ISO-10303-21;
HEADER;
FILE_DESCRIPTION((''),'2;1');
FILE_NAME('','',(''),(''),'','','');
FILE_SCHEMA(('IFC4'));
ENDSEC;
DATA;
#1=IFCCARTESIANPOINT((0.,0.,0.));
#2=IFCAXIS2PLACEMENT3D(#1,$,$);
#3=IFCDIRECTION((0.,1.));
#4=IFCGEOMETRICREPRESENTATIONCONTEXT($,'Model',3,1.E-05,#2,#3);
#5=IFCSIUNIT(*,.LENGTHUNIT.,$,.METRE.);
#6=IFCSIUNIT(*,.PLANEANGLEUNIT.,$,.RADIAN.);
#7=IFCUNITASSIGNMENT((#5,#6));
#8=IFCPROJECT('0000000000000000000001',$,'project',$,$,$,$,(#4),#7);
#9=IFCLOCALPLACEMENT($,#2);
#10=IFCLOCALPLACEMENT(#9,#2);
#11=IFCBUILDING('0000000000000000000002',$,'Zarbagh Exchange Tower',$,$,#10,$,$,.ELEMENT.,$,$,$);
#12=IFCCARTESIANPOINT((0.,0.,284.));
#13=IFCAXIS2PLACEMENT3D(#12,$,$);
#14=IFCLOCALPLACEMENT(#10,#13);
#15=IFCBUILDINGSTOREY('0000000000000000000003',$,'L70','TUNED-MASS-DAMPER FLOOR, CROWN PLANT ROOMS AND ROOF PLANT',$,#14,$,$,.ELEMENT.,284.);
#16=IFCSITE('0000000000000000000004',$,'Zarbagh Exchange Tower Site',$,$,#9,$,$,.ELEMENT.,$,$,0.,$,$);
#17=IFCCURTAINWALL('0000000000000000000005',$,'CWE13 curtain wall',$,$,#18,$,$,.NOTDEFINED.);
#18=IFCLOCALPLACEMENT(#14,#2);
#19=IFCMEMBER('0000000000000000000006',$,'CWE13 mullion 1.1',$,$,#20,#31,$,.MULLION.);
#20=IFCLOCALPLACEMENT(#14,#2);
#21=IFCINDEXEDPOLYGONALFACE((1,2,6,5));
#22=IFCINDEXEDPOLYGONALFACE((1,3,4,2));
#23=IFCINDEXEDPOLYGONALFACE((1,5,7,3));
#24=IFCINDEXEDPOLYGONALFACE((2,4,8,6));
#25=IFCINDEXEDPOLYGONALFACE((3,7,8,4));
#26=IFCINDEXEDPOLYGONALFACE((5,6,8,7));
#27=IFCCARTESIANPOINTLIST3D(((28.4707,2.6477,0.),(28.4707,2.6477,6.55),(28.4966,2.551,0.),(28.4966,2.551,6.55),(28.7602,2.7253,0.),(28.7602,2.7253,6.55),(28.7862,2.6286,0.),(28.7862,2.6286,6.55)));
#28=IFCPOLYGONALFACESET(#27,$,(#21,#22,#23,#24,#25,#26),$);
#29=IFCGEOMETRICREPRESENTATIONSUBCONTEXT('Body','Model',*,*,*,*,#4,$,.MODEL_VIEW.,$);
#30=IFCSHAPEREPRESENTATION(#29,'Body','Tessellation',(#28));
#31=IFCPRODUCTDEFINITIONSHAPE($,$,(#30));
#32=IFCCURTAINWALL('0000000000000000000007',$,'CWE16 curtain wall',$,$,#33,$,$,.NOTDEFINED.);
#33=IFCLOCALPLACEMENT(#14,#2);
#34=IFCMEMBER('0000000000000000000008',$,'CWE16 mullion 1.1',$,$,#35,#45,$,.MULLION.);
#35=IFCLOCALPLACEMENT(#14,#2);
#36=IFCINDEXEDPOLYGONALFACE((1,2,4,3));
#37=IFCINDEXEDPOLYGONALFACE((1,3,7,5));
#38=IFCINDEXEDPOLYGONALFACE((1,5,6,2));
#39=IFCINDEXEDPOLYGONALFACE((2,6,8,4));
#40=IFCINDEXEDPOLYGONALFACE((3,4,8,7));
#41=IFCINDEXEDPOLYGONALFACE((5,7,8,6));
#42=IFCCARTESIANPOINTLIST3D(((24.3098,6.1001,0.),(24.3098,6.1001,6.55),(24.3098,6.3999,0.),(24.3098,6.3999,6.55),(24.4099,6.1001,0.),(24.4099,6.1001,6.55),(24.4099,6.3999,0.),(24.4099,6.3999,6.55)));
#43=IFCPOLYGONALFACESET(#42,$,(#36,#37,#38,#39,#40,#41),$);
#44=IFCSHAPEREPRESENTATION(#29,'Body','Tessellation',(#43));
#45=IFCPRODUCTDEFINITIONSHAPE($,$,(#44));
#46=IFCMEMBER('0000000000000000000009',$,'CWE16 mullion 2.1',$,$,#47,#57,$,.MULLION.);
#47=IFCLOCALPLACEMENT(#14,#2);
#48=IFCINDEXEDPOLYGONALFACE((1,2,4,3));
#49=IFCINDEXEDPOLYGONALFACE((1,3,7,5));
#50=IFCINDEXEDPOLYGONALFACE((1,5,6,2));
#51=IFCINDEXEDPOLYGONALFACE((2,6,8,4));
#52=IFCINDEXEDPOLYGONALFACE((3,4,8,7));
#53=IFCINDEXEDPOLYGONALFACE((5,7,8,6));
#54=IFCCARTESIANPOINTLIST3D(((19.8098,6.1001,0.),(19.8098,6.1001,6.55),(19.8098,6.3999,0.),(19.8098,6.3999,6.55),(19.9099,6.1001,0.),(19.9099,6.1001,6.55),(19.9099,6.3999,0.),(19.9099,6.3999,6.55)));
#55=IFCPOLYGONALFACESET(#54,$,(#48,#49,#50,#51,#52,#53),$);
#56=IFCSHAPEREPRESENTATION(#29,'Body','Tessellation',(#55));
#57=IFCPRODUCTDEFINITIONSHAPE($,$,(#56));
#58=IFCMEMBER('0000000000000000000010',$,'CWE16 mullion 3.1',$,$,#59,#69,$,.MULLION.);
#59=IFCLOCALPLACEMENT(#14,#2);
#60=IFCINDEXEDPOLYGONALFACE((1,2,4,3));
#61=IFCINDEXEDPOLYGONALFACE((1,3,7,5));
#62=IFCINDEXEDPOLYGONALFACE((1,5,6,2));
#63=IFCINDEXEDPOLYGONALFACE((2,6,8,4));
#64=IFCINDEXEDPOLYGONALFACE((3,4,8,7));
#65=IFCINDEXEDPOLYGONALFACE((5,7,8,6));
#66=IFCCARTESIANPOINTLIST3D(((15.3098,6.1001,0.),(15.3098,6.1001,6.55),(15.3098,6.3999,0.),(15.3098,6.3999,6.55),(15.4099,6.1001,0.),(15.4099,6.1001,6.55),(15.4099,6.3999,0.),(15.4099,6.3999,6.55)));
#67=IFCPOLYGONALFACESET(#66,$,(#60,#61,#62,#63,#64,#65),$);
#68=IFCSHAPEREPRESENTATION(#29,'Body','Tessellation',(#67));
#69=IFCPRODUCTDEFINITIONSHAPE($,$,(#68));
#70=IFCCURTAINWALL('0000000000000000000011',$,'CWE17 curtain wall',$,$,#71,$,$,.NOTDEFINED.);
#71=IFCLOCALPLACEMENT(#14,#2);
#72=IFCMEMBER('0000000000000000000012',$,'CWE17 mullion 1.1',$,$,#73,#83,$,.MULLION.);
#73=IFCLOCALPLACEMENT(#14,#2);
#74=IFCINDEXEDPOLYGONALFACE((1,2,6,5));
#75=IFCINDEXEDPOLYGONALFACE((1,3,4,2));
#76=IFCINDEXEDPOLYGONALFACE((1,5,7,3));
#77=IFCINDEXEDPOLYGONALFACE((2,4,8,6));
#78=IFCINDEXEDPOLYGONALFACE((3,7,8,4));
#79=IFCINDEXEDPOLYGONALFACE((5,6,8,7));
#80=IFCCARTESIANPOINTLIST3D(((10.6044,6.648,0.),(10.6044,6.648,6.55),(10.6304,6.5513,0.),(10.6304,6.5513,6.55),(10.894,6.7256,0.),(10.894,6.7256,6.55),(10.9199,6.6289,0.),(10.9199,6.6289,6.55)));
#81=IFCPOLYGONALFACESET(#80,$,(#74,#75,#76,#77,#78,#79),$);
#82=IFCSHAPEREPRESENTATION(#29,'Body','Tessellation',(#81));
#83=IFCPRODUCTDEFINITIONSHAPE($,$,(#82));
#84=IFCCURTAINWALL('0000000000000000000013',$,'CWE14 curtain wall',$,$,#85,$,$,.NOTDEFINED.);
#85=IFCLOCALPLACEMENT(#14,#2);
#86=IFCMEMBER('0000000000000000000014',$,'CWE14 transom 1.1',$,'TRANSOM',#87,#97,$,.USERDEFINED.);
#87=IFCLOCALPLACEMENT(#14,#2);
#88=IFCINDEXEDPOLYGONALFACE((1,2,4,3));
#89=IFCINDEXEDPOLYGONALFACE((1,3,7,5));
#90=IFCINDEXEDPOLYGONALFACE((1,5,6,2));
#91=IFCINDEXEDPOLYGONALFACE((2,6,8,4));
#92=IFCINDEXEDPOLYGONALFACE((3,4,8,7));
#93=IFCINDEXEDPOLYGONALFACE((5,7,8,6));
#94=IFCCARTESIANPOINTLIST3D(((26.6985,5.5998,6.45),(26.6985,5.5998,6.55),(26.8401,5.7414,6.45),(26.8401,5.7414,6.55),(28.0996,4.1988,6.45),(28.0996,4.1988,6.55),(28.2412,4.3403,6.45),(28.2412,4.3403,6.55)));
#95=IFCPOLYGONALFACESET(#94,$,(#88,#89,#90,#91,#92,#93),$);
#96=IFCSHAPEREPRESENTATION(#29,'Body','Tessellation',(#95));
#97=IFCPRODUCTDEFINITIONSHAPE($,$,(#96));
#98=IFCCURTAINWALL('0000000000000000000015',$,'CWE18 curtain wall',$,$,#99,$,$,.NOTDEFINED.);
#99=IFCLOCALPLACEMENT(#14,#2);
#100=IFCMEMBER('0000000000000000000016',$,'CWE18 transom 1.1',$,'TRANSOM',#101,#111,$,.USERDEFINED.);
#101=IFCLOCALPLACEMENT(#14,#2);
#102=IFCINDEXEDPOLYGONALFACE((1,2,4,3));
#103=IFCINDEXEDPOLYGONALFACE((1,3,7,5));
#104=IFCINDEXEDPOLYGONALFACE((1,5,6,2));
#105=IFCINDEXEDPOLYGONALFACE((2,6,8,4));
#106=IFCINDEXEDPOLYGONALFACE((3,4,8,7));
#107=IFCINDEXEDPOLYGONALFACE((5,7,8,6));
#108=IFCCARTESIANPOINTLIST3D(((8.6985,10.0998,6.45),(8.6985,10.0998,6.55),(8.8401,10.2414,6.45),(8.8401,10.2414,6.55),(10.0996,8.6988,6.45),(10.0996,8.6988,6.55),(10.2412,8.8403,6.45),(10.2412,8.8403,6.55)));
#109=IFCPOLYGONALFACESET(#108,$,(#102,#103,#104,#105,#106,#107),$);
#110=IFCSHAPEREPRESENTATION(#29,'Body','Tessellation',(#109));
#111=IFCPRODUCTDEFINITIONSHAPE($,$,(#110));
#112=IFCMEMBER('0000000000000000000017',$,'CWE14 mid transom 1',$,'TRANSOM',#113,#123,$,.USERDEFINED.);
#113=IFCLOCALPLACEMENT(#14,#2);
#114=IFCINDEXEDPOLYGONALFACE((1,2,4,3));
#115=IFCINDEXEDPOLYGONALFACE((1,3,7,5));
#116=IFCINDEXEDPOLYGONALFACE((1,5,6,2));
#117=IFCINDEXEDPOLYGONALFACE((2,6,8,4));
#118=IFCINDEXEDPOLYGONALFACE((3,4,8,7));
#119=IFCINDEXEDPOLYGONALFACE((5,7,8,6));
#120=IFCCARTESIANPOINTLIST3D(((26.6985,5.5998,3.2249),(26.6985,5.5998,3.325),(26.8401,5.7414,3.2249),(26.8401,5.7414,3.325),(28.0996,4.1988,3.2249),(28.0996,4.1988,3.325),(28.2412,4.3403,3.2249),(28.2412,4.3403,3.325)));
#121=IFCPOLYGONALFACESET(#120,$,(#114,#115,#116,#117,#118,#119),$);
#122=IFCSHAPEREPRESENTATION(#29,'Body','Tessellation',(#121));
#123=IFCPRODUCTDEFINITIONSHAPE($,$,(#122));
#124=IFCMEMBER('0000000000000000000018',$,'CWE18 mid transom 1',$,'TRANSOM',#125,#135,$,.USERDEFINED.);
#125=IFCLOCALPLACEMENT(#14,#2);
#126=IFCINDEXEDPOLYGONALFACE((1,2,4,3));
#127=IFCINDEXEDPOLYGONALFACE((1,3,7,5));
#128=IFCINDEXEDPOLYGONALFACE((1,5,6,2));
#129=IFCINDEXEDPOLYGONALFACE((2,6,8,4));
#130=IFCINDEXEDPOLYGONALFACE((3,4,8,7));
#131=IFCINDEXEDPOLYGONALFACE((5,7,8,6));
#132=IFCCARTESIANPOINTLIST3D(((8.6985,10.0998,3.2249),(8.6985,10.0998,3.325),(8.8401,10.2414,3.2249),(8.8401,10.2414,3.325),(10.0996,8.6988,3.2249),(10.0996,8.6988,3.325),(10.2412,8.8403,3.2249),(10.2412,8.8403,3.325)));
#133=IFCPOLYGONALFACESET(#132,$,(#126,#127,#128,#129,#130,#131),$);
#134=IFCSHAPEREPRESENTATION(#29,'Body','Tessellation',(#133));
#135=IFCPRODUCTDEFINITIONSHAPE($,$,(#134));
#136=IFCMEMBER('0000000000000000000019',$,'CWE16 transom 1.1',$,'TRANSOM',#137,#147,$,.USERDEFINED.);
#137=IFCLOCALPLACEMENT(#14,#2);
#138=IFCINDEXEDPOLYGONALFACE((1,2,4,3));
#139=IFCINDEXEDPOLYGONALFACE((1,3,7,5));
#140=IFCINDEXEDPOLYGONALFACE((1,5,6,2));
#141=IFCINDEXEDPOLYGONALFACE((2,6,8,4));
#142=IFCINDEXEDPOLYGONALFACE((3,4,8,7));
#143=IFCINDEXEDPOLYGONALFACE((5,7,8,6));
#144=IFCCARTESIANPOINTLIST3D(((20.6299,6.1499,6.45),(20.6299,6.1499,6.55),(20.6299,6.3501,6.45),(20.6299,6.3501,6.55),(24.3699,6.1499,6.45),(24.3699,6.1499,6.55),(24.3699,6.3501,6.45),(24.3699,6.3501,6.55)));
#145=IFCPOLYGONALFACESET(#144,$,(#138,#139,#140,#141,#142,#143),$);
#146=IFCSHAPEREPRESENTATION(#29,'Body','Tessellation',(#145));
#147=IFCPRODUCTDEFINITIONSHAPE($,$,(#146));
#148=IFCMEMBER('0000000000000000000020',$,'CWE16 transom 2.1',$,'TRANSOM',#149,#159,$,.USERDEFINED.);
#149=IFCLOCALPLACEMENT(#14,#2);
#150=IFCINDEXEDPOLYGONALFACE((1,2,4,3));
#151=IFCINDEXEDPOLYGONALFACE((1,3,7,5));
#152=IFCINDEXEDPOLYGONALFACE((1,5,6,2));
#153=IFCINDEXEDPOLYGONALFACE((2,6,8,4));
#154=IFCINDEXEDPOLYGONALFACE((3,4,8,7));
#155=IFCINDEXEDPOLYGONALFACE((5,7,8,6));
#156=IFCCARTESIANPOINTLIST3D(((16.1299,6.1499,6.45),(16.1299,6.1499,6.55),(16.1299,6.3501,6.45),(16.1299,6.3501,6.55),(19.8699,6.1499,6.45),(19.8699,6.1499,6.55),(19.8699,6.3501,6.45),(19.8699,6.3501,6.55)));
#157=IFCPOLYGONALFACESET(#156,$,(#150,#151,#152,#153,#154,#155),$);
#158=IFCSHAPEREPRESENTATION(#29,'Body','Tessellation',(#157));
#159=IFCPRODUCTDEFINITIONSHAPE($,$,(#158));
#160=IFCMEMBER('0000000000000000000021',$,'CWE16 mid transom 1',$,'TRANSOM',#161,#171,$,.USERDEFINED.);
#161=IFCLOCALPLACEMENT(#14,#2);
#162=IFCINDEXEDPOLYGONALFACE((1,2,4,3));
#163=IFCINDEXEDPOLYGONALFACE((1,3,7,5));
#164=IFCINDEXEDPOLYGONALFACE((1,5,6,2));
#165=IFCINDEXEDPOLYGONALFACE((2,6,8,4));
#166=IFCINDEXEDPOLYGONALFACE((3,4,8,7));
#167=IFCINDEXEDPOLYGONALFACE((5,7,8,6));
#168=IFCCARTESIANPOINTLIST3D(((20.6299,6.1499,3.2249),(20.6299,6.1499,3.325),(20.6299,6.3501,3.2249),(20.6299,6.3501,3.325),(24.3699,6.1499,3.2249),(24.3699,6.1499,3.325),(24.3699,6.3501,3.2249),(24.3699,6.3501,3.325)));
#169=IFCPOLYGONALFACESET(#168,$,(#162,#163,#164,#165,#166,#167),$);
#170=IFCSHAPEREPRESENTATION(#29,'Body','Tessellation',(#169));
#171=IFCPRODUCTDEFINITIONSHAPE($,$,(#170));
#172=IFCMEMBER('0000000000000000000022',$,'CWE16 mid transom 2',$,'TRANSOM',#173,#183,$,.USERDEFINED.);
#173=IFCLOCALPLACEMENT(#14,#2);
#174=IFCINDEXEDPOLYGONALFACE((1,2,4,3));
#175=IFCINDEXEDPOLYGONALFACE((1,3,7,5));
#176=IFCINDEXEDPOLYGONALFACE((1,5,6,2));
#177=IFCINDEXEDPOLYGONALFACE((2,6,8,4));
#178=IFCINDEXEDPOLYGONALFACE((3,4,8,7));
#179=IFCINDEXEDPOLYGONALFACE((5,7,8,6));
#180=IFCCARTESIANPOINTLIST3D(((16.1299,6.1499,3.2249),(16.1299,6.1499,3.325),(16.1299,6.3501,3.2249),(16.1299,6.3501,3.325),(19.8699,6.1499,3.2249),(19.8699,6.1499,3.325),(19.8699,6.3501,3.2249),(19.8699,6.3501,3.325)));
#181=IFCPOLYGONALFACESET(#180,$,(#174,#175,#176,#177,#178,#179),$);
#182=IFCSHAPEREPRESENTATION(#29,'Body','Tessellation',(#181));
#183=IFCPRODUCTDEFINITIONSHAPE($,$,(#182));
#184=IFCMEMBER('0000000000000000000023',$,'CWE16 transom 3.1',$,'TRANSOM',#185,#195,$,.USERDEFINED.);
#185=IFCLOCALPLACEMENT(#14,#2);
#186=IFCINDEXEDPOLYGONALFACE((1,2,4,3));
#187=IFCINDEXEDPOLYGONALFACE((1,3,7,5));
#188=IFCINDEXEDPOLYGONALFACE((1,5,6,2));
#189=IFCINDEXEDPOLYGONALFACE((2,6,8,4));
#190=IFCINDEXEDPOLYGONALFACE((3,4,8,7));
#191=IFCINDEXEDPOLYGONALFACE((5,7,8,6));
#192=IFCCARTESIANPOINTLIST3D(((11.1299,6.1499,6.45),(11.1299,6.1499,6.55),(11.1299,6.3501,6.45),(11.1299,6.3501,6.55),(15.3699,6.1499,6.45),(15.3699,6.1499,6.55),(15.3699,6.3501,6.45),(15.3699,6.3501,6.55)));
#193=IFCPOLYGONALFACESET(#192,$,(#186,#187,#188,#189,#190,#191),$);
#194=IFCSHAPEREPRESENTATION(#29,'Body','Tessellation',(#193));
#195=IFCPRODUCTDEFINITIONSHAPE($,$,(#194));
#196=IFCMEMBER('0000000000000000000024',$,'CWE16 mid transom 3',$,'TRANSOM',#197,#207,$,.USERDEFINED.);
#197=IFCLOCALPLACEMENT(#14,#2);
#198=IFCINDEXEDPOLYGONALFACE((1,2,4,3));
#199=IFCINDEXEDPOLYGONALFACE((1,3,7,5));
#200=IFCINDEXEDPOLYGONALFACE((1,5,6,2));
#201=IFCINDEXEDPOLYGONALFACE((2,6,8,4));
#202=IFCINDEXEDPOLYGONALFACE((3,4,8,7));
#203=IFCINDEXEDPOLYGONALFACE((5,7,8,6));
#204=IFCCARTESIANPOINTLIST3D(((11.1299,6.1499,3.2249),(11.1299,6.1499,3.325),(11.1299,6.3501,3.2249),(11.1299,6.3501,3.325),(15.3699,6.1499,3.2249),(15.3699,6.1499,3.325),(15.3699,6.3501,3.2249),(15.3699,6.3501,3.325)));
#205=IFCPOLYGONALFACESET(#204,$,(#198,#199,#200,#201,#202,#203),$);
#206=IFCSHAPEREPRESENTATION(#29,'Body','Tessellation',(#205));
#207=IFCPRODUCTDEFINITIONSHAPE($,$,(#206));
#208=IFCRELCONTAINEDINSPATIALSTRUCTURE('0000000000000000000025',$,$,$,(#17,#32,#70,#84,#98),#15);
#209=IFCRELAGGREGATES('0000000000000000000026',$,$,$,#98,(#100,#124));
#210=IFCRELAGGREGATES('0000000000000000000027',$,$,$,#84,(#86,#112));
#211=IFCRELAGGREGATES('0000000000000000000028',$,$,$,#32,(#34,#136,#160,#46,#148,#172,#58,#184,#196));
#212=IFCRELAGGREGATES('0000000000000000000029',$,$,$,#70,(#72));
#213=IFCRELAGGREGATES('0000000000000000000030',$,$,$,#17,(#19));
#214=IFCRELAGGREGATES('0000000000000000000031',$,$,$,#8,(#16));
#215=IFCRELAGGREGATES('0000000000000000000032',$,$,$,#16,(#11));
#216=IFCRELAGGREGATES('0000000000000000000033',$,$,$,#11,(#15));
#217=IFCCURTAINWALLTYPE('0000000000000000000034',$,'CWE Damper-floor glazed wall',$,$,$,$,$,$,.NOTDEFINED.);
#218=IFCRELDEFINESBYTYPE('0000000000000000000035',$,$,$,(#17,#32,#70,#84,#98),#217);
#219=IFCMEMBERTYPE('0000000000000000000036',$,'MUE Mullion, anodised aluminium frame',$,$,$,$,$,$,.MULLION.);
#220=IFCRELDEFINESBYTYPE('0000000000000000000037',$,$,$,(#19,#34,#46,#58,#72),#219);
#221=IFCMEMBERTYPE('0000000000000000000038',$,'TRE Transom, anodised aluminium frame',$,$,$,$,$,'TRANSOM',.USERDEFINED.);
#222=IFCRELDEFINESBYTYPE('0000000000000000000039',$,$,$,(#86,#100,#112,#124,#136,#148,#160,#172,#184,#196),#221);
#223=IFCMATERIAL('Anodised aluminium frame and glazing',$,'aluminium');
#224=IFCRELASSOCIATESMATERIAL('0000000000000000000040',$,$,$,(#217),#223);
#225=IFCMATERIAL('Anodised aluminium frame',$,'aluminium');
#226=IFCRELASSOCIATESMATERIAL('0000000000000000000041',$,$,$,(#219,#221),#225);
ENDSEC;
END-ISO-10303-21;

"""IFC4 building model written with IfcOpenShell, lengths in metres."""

from ifc_helpers import new_model, si_unit, direction, frame, origin, place, context, subcontext, project, spatial, polyline, outline, extrude, source, transform, mapped, material, type_object, element, aggregate, save


model = new_model("IFC4")

# Units and contexts
model_context = context("Model", 3, precision=1e-05, world=origin(), true_north=direction((0.0, 1.0)))
body_context = subcontext(model_context, "Body", "Model", "MODEL_VIEW")
ifc_project = project(units=[si_unit("LENGTHUNIT", "METRE"), si_unit("PLANEANGLEUNIT", "RADIAN")], contexts=[model_context])

# Site, building, storey
site_placement = place(None, origin())
site = spatial("IfcSite", under=ifc_project, at=site_placement, Name="Zarbagh Exchange Tower Site", CompositionType="ELEMENT", RefElevation=0.0)
building_placement = place(site_placement, origin())
building = spatial("IfcBuilding", under=site, at=building_placement, Name="Zarbagh Exchange Tower", CompositionType="ELEMENT")
storey_placement = place(building_placement, frame((0.0, 0.0, 284.0)))
storey = spatial("IfcBuildingStorey", under=building, at=storey_placement, Name="L70", Description="TUNED-MASS-DAMPER FLOOR, CROWN PLANT ROOMS AND ROOF PLANT", CompositionType="ELEMENT", Elevation=284.0)

# Curtain wall, member
ifc_material_1 = material(Name="Anodised aluminium frame and glazing", Category="aluminium")
curtain_wall_type = type_object("IfcCurtainWallType", Name="CWE Damper-floor glazed wall", PredefinedType="NOTDEFINED", material=ifc_material_1)
curtain_wall_1_placement = place(storey_placement, origin())
curtain_wall_1 = element("IfcCurtainWall", 1, at=curtain_wall_1_placement, inside=storey, type_object=curtain_wall_type, Name="CWE13 curtain wall", PredefinedType="NOTDEFINED")
ifc_material_2 = material(Name="Anodised aluminium frame", Category="aluminium")
member_type_1 = type_object("IfcMemberType", Name="MUE Mullion, anodised aluminium frame", PredefinedType="MULLION", material=ifc_material_2)
shared_shape_1 = source(origin(), body_context, "Body", "SweptSolid", [
    extrude(outline(polyline([(0.0, -0.1499), (0.1001, -0.1499), (0.1001, 0.1499), (0.0, 0.1499), (0.0, -0.1499)])), origin(), (0.0, 0.0, 1.0), 6.55),
])
placement = place(storey_placement, origin())
member_1 = element("IfcMember", 2, at=placement, type_object=member_type_1, Name="CWE13 mullion 1.1", PredefinedType="MULLION", context=body_context, shape_type="MappedRepresentation", body=[
    mapped(shared_shape_1, transform((28.6414, 2.5898, 0.0), x_axis=(-0.258825, 0.965924, 0.0), y_axis=(-0.965924, -0.258825, 0.0), z_axis=(0.0, 0.0, 1.0))),
])

# Curtain wall, members
curtain_wall_2_placement = place(storey_placement, origin())
curtain_wall_2 = element("IfcCurtainWall", 3, at=curtain_wall_2_placement, inside=storey, type_object=curtain_wall_type, Name="CWE16 curtain wall", PredefinedType="NOTDEFINED")
member_2 = element("IfcMember", 4, at=placement, type_object=member_type_1, Name="CWE16 mullion 1.1", PredefinedType="MULLION", context=body_context, shape_type="MappedRepresentation", body=[
    mapped(shared_shape_1, transform((24.4099, 6.25, 0.0), x_axis=(-1.0, 0.0, 0.0), y_axis=(0.0, -1.0, 0.0), z_axis=(0.0, 0.0, 1.0))),
])
member_3 = element("IfcMember", 5, at=placement, type_object=member_type_1, Name="CWE16 mullion 2.1", PredefinedType="MULLION", context=body_context, shape_type="MappedRepresentation", body=[
    mapped(shared_shape_1, transform((19.9099, 6.25, 0.0), x_axis=(-1.0, 0.0, 0.0), y_axis=(0.0, -1.0, 0.0), z_axis=(0.0, 0.0, 1.0))),
])
member_4 = element("IfcMember", 6, at=placement, type_object=member_type_1, Name="CWE16 mullion 3.1", PredefinedType="MULLION", context=body_context, shape_type="MappedRepresentation", body=[
    mapped(shared_shape_1, transform((15.4099, 6.25, 0.0), x_axis=(-1.0, 0.0, 0.0), y_axis=(0.0, -1.0, 0.0), z_axis=(0.0, 0.0, 1.0))),
])

# Curtain walls, members
curtain_wall_3_placement = place(storey_placement, origin())
curtain_wall_3 = element("IfcCurtainWall", 7, at=curtain_wall_3_placement, inside=storey, type_object=curtain_wall_type, Name="CWE17 curtain wall", PredefinedType="NOTDEFINED")
member_5 = element("IfcMember", 8, at=placement, type_object=member_type_1, Name="CWE17 mullion 1.1", PredefinedType="MULLION", context=body_context, shape_type="MappedRepresentation", body=[
    mapped(shared_shape_1, transform((10.7751, 6.5901, 0.0), x_axis=(-0.258825, 0.965924, 0.0), y_axis=(-0.965924, -0.258825, 0.0), z_axis=(0.0, 0.0, 1.0))),
])
curtain_wall_4_placement = place(storey_placement, origin())
curtain_wall_4 = element("IfcCurtainWall", 9, at=curtain_wall_4_placement, inside=storey, type_object=curtain_wall_type, Name="CWE14 curtain wall", PredefinedType="NOTDEFINED")
member_type_2 = type_object("IfcMemberType", Name="TRE Transom, anodised aluminium frame", ElementType="TRANSOM", PredefinedType="USERDEFINED", material=ifc_material_2)
shared_shape_2 = source(origin(), body_context, "Body", "SweptSolid", [
    extrude(outline(polyline([(-0.1001, -0.1001), (0.0, -0.1001), (0.0, 0.1001), (-0.1001, 0.1001), (-0.1001, -0.1001)])), origin(), (0.0, 0.0, 1.0), 1.9814),
])
member_6 = element("IfcMember", 10, at=placement, type_object=member_type_2, Name="CWE14 transom 1.1", ObjectType="TRANSOM", PredefinedType="USERDEFINED", context=body_context, shape_type="MappedRepresentation", body=[
    mapped(shared_shape_2, transform((28.1704, 4.2695, 6.55), x_axis=(0.0, 0.0, 1.0), y_axis=(0.707107, 0.707107, 0.0), z_axis=(-0.707107, 0.707107, 0.0))),
])
curtain_wall_5_placement = place(storey_placement, origin())
curtain_wall_5 = element("IfcCurtainWall", 11, at=curtain_wall_5_placement, inside=storey, type_object=curtain_wall_type, Name="CWE18 curtain wall", PredefinedType="NOTDEFINED")
member_7 = element("IfcMember", 12, at=placement, type_object=member_type_2, Name="CWE18 transom 1.1", ObjectType="TRANSOM", PredefinedType="USERDEFINED", context=body_context, shape_type="MappedRepresentation", body=[
    mapped(shared_shape_2, transform((10.1704, 8.7695, 6.55), x_axis=(0.0, 0.0, 1.0), y_axis=(0.707107, 0.707107, 0.0), z_axis=(-0.707107, 0.707107, 0.0))),
])

# Members
shared_shape_3 = source(origin(), body_context, "Body", "SweptSolid", [
    extrude(outline(polyline([(-0.05, -0.1001), (0.05, -0.1001), (0.05, 0.1001), (-0.05, 0.1001), (-0.05, -0.1001)])), origin(), (0.0, 0.0, 1.0), 1.9814),
])
member_8 = element("IfcMember", 13, at=placement, type_object=member_type_2, Name="CWE14 mid transom 1", ObjectType="TRANSOM", PredefinedType="USERDEFINED", context=body_context, shape_type="MappedRepresentation", body=[
    mapped(shared_shape_3, transform((28.1704, 4.2695, 3.2749), x_axis=(0.0, 0.0, 1.0), y_axis=(0.707107, 0.707107, 0.0), z_axis=(-0.707107, 0.707107, 0.0))),
])
member_9 = element("IfcMember", 14, at=placement, type_object=member_type_2, Name="CWE18 mid transom 1", ObjectType="TRANSOM", PredefinedType="USERDEFINED", context=body_context, shape_type="MappedRepresentation", body=[
    mapped(shared_shape_3, transform((10.1704, 8.7695, 3.2749), x_axis=(0.0, 0.0, 1.0), y_axis=(0.707107, 0.707107, 0.0), z_axis=(-0.707107, 0.707107, 0.0))),
])
shared_shape_4 = source(origin(), body_context, "Body", "SweptSolid", [
    extrude(outline(polyline([(-0.1001, -0.1001), (0.0, -0.1001), (0.0, 0.1001), (-0.1001, 0.1001), (-0.1001, -0.1001)])), origin(), (0.0, 0.0, 1.0), 3.74),
])
member_10 = element("IfcMember", 15, at=placement, type_object=member_type_2, Name="CWE16 transom 1.1", ObjectType="TRANSOM", PredefinedType="USERDEFINED", context=body_context, shape_type="MappedRepresentation", body=[
    mapped(shared_shape_4, transform((24.3699, 6.25, 6.55), x_axis=(0.0, 0.0, 1.0), y_axis=(0.0, 1.0, 0.0), z_axis=(-1.0, 0.0, 0.0))),
])
member_11 = element("IfcMember", 16, at=placement, type_object=member_type_2, Name="CWE16 transom 2.1", ObjectType="TRANSOM", PredefinedType="USERDEFINED", context=body_context, shape_type="MappedRepresentation", body=[
    mapped(shared_shape_4, transform((19.8699, 6.25, 6.55), x_axis=(0.0, 0.0, 1.0), y_axis=(0.0, 1.0, 0.0), z_axis=(-1.0, 0.0, 0.0))),
])
shared_shape_5 = source(origin(), body_context, "Body", "SweptSolid", [
    extrude(outline(polyline([(-0.05, -0.1001), (0.05, -0.1001), (0.05, 0.1001), (-0.05, 0.1001), (-0.05, -0.1001)])), origin(), (0.0, 0.0, 1.0), 3.74),
])
member_12 = element("IfcMember", 17, at=placement, type_object=member_type_2, Name="CWE16 mid transom 1", ObjectType="TRANSOM", PredefinedType="USERDEFINED", context=body_context, shape_type="MappedRepresentation", body=[
    mapped(shared_shape_5, transform((24.3699, 6.25, 3.2749), x_axis=(0.0, 0.0, 1.0), y_axis=(0.0, 1.0, 0.0), z_axis=(-1.0, 0.0, 0.0))),
])
member_13 = element("IfcMember", 18, at=placement, type_object=member_type_2, Name="CWE16 mid transom 2", ObjectType="TRANSOM", PredefinedType="USERDEFINED", context=body_context, shape_type="MappedRepresentation", body=[
    mapped(shared_shape_5, transform((19.8699, 6.25, 3.2749), x_axis=(0.0, 0.0, 1.0), y_axis=(0.0, 1.0, 0.0), z_axis=(-1.0, 0.0, 0.0))),
])
shared_shape_6 = source(origin(), body_context, "Body", "SweptSolid", [
    extrude(outline(polyline([(-0.1001, -0.1001), (0.0, -0.1001), (0.0, 0.1001), (-0.1001, 0.1001), (-0.1001, -0.1001)])), origin(), (0.0, 0.0, 1.0), 4.24),
])
member_14 = element("IfcMember", 19, at=placement, type_object=member_type_2, Name="CWE16 transom 3.1", ObjectType="TRANSOM", PredefinedType="USERDEFINED", context=body_context, shape_type="MappedRepresentation", body=[
    mapped(shared_shape_6, transform((15.3699, 6.25, 6.55), x_axis=(0.0, 0.0, 1.0), y_axis=(0.0, 1.0, 0.0), z_axis=(-1.0, 0.0, 0.0))),
])
shared_shape_7 = source(origin(), body_context, "Body", "SweptSolid", [
    extrude(outline(polyline([(-0.05, -0.1001), (0.05, -0.1001), (0.05, 0.1001), (-0.05, 0.1001), (-0.05, -0.1001)])), origin(), (0.0, 0.0, 1.0), 4.24),
])
member_15 = element("IfcMember", 20, at=placement, type_object=member_type_2, Name="CWE16 mid transom 3", ObjectType="TRANSOM", PredefinedType="USERDEFINED", context=body_context, shape_type="MappedRepresentation", body=[
    mapped(shared_shape_7, transform((15.3699, 6.25, 3.2749), x_axis=(0.0, 0.0, 1.0), y_axis=(0.0, 1.0, 0.0), z_axis=(-1.0, 0.0, 0.0))),
])

aggregate(curtain_wall_5, [member_7, member_9])
aggregate(curtain_wall_4, [member_6, member_8])
aggregate(curtain_wall_2, [member_2, member_10, member_12, member_3, member_11, member_13, member_4, member_14, member_15])
aggregate(curtain_wall_3, [member_5])
aggregate(curtain_wall_1, [member_1])

save(model, "model.ifc")
